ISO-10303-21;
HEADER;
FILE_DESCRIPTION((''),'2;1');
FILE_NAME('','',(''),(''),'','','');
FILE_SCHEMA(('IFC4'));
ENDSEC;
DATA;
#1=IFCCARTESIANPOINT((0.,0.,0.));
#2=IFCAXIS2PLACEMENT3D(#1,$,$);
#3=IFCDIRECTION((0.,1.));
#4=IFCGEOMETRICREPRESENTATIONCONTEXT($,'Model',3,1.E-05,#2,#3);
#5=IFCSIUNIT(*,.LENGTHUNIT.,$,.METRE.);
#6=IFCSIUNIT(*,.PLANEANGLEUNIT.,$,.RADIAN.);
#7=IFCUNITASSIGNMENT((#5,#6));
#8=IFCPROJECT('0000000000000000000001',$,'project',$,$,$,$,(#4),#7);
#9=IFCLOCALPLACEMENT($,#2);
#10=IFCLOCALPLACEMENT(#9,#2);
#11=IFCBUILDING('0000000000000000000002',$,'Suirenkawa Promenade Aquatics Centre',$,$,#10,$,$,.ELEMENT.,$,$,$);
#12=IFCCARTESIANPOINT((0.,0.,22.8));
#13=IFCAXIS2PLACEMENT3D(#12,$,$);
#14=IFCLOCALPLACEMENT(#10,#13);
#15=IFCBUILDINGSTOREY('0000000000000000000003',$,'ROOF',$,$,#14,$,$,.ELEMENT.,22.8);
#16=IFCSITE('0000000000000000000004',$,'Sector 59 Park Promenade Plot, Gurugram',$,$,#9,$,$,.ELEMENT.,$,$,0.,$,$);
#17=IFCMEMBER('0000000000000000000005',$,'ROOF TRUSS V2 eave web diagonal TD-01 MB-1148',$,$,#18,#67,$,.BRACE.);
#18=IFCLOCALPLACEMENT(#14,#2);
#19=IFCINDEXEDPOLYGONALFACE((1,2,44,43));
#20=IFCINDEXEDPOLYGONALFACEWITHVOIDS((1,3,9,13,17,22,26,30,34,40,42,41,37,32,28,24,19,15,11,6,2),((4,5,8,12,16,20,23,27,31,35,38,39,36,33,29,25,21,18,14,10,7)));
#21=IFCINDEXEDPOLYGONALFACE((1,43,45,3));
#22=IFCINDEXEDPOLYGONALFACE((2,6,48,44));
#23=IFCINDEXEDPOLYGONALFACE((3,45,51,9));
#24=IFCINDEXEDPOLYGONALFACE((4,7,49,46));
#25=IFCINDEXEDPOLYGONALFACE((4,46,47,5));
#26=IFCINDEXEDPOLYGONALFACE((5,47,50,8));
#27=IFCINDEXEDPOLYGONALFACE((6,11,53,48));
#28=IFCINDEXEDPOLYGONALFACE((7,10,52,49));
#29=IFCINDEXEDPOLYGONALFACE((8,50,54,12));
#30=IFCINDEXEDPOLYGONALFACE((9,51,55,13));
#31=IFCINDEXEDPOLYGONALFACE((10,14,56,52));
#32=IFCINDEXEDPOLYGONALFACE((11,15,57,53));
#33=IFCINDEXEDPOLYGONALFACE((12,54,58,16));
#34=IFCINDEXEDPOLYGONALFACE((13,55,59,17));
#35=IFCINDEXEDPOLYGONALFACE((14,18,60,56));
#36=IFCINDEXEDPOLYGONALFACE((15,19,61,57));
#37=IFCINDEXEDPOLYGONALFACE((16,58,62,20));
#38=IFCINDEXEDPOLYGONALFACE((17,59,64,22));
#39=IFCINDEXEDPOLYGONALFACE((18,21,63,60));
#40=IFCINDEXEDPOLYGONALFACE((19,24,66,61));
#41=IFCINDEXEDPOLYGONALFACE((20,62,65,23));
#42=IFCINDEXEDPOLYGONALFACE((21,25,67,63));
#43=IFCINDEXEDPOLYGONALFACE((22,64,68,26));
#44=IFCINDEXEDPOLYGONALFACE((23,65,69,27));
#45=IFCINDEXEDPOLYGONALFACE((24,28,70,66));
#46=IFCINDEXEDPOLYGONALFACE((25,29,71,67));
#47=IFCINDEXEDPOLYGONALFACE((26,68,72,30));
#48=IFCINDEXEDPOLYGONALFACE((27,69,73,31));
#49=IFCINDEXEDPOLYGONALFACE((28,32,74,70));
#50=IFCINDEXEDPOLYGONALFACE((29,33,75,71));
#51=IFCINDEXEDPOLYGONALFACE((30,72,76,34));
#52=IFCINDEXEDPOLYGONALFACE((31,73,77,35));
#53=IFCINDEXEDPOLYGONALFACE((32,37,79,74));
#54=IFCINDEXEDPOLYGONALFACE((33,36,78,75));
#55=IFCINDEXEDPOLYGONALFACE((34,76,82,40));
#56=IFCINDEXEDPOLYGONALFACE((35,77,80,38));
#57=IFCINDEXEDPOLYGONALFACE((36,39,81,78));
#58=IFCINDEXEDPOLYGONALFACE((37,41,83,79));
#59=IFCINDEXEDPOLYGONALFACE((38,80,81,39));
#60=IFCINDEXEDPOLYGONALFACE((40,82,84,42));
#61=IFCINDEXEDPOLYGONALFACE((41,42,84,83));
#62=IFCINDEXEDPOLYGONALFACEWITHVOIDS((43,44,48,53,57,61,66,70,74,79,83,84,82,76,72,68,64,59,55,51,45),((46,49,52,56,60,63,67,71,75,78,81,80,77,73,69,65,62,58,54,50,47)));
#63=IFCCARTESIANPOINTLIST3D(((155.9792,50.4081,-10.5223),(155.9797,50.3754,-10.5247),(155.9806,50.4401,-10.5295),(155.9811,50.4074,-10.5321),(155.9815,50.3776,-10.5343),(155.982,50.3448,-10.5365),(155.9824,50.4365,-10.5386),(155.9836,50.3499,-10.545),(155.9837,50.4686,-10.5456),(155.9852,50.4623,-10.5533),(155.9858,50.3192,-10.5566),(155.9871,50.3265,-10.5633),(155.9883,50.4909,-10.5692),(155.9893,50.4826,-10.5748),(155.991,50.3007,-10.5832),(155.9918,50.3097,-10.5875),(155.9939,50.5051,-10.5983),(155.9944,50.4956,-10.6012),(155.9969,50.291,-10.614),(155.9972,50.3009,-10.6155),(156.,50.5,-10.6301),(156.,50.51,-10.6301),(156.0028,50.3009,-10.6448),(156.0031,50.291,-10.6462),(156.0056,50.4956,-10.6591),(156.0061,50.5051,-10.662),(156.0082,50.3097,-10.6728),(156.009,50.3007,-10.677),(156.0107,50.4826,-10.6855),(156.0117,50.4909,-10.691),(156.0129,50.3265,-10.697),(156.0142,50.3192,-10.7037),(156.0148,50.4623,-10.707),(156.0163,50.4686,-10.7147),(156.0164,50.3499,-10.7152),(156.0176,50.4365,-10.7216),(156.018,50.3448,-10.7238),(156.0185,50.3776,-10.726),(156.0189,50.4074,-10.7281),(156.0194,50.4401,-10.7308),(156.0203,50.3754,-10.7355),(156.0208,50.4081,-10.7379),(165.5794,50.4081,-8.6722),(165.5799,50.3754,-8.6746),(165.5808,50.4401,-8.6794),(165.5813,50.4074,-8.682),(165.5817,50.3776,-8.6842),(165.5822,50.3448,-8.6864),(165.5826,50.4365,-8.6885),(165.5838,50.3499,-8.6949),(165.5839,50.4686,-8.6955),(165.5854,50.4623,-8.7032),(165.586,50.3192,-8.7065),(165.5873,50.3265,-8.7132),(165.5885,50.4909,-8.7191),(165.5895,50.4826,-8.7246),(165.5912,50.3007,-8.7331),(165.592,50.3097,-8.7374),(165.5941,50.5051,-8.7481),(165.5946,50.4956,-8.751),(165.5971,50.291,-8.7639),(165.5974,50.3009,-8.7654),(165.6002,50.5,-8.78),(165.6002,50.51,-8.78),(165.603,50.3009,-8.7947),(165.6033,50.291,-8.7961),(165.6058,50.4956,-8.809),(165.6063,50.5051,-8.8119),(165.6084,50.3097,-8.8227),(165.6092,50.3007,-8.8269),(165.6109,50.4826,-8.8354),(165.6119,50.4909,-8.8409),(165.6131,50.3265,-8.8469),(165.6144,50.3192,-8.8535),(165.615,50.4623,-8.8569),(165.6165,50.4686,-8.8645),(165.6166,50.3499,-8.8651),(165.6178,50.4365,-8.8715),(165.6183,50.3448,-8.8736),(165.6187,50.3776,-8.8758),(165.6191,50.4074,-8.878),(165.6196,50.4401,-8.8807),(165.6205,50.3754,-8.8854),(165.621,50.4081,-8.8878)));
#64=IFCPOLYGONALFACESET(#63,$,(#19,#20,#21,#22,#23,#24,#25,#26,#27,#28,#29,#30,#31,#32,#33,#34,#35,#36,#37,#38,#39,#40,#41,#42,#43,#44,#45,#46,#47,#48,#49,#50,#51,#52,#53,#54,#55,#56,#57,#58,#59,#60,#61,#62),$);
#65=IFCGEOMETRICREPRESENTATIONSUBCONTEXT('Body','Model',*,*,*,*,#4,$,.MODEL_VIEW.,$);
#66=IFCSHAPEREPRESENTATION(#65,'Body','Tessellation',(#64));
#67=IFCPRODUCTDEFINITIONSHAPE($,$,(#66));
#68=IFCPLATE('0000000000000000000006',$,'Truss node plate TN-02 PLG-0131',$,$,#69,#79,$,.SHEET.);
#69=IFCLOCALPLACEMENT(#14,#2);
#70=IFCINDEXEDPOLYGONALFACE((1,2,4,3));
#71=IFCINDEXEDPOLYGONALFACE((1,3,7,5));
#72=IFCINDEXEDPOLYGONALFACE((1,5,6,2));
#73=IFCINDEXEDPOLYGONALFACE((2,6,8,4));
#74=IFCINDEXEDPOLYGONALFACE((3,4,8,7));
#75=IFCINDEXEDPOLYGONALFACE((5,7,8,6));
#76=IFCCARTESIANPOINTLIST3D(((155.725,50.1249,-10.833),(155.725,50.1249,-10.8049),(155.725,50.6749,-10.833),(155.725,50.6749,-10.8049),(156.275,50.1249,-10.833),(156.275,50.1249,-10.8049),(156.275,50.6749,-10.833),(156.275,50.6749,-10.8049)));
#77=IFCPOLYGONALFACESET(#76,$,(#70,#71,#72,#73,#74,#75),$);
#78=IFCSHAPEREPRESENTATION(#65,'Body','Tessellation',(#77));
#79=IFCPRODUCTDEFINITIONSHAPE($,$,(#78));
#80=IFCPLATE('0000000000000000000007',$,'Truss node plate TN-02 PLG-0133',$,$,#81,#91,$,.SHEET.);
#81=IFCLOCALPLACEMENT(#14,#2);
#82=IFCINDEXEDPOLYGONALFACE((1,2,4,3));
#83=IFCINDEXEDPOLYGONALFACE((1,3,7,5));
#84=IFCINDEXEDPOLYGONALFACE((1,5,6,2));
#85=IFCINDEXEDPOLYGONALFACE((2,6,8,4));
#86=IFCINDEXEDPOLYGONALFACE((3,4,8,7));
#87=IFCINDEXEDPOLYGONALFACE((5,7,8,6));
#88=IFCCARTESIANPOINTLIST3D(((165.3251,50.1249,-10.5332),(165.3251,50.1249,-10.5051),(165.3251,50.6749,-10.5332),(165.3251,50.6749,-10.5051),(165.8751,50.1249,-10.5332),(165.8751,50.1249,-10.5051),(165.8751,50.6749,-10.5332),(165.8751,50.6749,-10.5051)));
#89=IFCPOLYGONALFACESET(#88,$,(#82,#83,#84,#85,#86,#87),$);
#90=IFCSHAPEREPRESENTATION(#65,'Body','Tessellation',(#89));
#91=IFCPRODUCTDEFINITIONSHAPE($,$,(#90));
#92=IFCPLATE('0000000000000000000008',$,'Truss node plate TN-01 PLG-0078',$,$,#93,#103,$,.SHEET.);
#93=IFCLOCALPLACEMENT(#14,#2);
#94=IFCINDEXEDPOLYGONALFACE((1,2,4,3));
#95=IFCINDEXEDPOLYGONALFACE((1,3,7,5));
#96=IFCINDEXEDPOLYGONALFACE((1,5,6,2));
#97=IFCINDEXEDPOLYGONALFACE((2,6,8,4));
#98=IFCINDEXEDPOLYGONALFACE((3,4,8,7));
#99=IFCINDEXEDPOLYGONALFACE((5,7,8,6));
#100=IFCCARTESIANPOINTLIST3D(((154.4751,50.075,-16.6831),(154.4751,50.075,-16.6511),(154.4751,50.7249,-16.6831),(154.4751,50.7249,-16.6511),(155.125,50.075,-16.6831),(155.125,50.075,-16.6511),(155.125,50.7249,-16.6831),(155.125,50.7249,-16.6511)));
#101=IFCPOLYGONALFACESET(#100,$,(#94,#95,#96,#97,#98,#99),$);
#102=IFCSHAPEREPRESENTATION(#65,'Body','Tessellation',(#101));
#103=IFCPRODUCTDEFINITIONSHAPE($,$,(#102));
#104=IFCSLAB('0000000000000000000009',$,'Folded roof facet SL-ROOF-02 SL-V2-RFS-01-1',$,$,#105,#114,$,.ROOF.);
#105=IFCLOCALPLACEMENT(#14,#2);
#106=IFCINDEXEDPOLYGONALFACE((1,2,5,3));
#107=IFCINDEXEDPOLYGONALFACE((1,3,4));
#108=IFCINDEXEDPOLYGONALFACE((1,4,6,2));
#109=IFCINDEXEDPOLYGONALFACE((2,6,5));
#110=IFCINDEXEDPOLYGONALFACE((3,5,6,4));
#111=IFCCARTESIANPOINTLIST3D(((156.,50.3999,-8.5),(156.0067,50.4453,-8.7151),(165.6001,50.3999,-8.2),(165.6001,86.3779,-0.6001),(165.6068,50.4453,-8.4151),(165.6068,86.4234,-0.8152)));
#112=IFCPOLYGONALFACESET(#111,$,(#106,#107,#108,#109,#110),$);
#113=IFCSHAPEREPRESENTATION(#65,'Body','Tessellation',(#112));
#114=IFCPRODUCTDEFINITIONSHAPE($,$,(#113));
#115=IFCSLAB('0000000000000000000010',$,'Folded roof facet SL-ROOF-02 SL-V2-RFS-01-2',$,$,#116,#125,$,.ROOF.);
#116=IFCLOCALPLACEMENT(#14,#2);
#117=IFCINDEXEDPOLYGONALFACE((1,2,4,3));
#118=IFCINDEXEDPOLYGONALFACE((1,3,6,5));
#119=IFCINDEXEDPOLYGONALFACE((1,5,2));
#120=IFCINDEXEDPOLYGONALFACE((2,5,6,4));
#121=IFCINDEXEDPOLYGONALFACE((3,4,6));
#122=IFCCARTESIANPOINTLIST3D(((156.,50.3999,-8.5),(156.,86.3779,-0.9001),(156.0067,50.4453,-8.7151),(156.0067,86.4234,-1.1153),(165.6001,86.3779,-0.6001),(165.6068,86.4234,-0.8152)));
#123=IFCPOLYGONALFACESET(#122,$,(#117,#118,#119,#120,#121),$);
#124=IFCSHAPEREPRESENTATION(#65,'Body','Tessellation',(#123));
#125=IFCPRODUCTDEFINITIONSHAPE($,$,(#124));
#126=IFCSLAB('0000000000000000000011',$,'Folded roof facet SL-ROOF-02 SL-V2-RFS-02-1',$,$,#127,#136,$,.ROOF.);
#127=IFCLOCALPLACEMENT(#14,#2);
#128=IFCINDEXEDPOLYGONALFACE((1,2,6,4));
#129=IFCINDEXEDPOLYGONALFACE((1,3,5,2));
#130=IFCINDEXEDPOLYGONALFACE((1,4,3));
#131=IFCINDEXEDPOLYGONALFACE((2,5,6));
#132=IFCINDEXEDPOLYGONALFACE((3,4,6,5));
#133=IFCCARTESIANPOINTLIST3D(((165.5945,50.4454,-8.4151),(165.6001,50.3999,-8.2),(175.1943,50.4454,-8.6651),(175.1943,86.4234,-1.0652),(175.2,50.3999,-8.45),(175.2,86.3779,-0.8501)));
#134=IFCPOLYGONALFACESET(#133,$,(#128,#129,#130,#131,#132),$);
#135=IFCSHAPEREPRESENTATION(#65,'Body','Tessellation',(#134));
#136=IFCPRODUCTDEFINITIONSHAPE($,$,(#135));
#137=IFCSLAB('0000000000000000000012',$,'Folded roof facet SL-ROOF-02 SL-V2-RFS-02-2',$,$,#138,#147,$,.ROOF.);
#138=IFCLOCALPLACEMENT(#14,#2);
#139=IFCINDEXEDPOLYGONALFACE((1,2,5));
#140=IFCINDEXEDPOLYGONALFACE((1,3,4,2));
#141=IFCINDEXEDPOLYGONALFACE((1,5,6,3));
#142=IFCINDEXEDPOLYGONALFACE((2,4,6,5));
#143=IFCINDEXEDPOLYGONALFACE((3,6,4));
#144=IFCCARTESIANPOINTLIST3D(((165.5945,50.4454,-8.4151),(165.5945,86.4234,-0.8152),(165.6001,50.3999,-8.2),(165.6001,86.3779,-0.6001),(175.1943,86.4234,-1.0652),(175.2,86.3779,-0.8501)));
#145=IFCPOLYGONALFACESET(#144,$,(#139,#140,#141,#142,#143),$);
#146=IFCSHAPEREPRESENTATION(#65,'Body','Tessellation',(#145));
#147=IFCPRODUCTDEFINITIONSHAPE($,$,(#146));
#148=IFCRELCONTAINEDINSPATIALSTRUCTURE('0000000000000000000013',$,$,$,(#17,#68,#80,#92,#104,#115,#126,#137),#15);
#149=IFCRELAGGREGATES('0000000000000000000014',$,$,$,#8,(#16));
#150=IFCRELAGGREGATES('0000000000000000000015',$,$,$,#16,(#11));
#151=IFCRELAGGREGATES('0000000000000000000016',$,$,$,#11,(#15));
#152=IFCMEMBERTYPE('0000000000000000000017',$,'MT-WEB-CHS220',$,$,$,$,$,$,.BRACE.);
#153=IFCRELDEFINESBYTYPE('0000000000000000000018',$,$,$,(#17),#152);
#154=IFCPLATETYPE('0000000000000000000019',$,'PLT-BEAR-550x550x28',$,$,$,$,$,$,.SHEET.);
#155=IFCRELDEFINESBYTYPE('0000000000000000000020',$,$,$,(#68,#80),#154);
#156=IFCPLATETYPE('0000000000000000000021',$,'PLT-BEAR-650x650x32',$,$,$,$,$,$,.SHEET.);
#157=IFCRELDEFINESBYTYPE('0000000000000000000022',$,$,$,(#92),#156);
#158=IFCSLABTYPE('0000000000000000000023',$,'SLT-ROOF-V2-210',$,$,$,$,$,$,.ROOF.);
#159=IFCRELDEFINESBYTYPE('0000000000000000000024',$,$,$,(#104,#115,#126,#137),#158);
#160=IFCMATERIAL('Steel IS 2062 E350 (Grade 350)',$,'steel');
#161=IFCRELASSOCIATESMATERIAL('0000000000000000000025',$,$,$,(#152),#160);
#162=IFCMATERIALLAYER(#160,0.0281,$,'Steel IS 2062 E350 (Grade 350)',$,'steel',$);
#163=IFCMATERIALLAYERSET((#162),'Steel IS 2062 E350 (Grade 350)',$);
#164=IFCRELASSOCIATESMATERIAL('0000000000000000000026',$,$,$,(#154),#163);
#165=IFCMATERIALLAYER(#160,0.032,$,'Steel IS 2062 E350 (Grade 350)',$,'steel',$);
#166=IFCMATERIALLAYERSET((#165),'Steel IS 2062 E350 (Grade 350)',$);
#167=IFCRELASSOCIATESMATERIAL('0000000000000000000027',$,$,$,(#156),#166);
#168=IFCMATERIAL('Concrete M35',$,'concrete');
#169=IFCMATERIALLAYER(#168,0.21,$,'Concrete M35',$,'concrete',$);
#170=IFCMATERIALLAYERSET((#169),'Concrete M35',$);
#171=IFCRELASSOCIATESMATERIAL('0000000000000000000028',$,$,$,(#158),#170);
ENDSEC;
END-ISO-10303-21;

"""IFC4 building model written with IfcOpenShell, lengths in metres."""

from ifc_helpers import new_model, si_unit, direction, frame, origin, origin_2d, place, context, subcontext, project, spatial, polyline, rectangle, hollow_circle, outline, extrude, material, layer, layer_set, material_profile, profile_set, type_object, element, save


model = new_model("IFC4")

# Units and contexts
model_context = context("Model", 3, precision=1e-05, world=origin(), true_north=direction((0.0, 1.0)))
body_context = subcontext(model_context, "Body", "Model", "MODEL_VIEW")
ifc_project = project(units=[si_unit("LENGTHUNIT", "METRE"), si_unit("PLANEANGLEUNIT", "RADIAN")], contexts=[model_context])

# Site, building, storey
site_placement = place(None, origin())
site = spatial("IfcSite", under=ifc_project, at=site_placement, Name="Sector 59 Park Promenade Plot, Gurugram", CompositionType="ELEMENT", RefElevation=0.0)
building_placement = place(site_placement, origin())
building = spatial("IfcBuilding", under=site, at=building_placement, Name="Suirenkawa Promenade Aquatics Centre", CompositionType="ELEMENT")
storey_placement = place(building_placement, frame((0.0, 0.0, 22.8)))
storey = spatial("IfcBuildingStorey", under=building, at=storey_placement, Name="ROOF", CompositionType="ELEMENT", Elevation=22.8)

# Shared definitions
ifc_material_1 = material(Name="Steel IS 2062 E350 (Grade 350)", Category="steel")

# Member
ifc_material_profile_1 = material_profile(ifc_material_1, hollow_circle(Radius=0.1101, WallThickness=0.01, at=origin_2d()), Name="CHS 220x10", Category="steel")
ifc_profile_set_1 = profile_set([ifc_material_profile_1], Name="Steel IS 2062 E350 (Grade 350)")
member_type_1 = type_object("IfcMemberType", Name="MT-WEB-CHS220", PredefinedType="BRACE", material=ifc_profile_set_1)
member_1_placement = place(storey_placement, frame((156.0, 50.3999, -10.6301), z_axis=(0.981932, 0.0, 0.189235), x_axis=(0.0, 1.0, 0.0)))
element("IfcMember", 1, at=member_1_placement, inside=storey, type_object=member_type_1, Name="ROOF TRUSS V2 eave web diagonal TD-01 MB-1148", PredefinedType="BRACE", context=body_context, shape_type="SweptSolid", body=[
    extrude(hollow_circle(Radius=0.1101, WallThickness=0.01, at=origin_2d()), origin(), (0.0, 0.0, 1.0), 9.7769),
])

# Plates
ifc_layer_1 = layer(ifc_material_1, 0.0281, Name="Steel IS 2062 E350 (Grade 350)", Category="steel")
ifc_layer_set_1 = layer_set([ifc_layer_1], Name="Steel IS 2062 E350 (Grade 350)")
plate_type_1 = type_object("IfcPlateType", Name="PLT-BEAR-550x550x28", PredefinedType="SHEET", material=ifc_layer_set_1)
for number, where, z_axis, x_axis, name in (
    (2, (156.0, 50.3999, -10.833), (0.0, 0.0, 1.0), (1.0, 0.0, 0.0), "Truss node plate TN-02 PLG-0131"),
    (3, (165.6001, 50.3999, -10.5332), (0.0, 0.0, 1.0), (1.0, 0.0, 0.0), "Truss node plate TN-02 PLG-0133"),
):
    element("IfcPlate", number, at=place(storey_placement, frame(where, z_axis=z_axis, x_axis=x_axis)), inside=storey, type_object=plate_type_1, Name=name, PredefinedType="SHEET", context=body_context, shape_type="SweptSolid", body=[
        extrude(rectangle(XDim=0.55, YDim=0.55, at=origin_2d()), origin(), (0.0, 0.0, 1.0), 0.0281),
    ])
ifc_layer_2 = layer(ifc_material_1, 0.032, Name="Steel IS 2062 E350 (Grade 350)", Category="steel")
ifc_layer_set_2 = layer_set([ifc_layer_2], Name="Steel IS 2062 E350 (Grade 350)")
plate_type_2 = type_object("IfcPlateType", Name="PLT-BEAR-650x650x32", PredefinedType="SHEET", material=ifc_layer_set_2)
plate_placement = place(storey_placement, frame((154.8, 50.3999, -16.6831), z_axis=(0.0, 0.0, 1.0), x_axis=(1.0, 0.0, 0.0)))
element("IfcPlate", 4, at=plate_placement, inside=storey, type_object=plate_type_2, Name="Truss node plate TN-01 PLG-0078", PredefinedType="SHEET", context=body_context, shape_type="SweptSolid", body=[
    extrude(rectangle(XDim=0.6499, YDim=0.6499, at=origin_2d()), origin(), (0.0, 0.0, 1.0), 0.032),
])

# Slabs
ifc_material_2 = material(Name="Concrete M35", Category="concrete")
ifc_layer_3 = layer(ifc_material_2, 0.21, Name="Concrete M35", Category="concrete")
ifc_layer_set_3 = layer_set([ifc_layer_3], Name="Concrete M35")
slab_type = type_object("IfcSlabType", Name="SLT-ROOF-V2-210", PredefinedType="ROOF", material=ifc_layer_set_3)
slab_1_placement = place(storey_placement, frame((156.0, 50.3999, -8.5), z_axis=(-0.030566, -0.206579, 0.977952), x_axis=(0.999512, 0.0, 0.03124)))
element("IfcSlab", 5, at=slab_1_placement, inside=storey, type_object=slab_type, Name="Folded roof facet SL-ROOF-02 SL-V2-RFS-01-1", PredefinedType="ROOF", context=body_context, shape_type="SweptSolid", body=[
    extrude(outline(polyline([(0.0, 0.0), (9.6048, 0.0), (9.8422, 36.7712), (0.0, 0.0)])), origin(), (0.0, 0.0, -1.0), 0.22),
])
slab_2_placement = place(storey_placement, frame((156.0, 50.3999, -8.5), z_axis=(-0.030566, -0.206579, 0.977952), x_axis=(0.252199, 0.945159, 0.207534)))
element("IfcSlab", 6, at=slab_2_placement, inside=storey, type_object=slab_type, Name="Folded roof facet SL-ROOF-02 SL-V2-RFS-01-2", PredefinedType="ROOF", context=body_context, shape_type="SweptSolid", body=[
    extrude(outline(polyline([(0.0, 0.0), (38.0656, 0.0), (35.5822, 9.2782), (0.0, 0.0)])), origin(), (0.0, 0.0, -1.0), 0.22),
])
slab_3_placement = place(storey_placement, frame((165.6001, 50.3999, -8.2), z_axis=(0.025472, -0.206608, 0.978092), x_axis=(0.999661, 0.0, -0.026033)))
element("IfcSlab", 7, at=slab_3_placement, inside=storey, type_object=slab_type, Name="Folded roof facet SL-ROOF-02 SL-V2-RFS-02-1", PredefinedType="ROOF", context=body_context, shape_type="SweptSolid", body=[
    extrude(outline(polyline([(0.0, 0.0), (9.6031, 0.0), (9.4053, 36.7714), (0.0, 0.0)])), origin(), (0.0, 0.0, -1.0), 0.22),
])
slab_4_placement = place(storey_placement, frame((165.6001, 50.3999, -8.2), z_axis=(0.025472, -0.206608, 0.978092), x_axis=(0.252926, 0.947908, 0.193646)))
element("IfcSlab", 8, at=slab_4_placement, inside=storey, type_object=slab_type, Name="Folded roof facet SL-ROOF-02 SL-V2-RFS-02-2", PredefinedType="ROOF", context=body_context, shape_type="SweptSolid", body=[
    extrude(outline(polyline([(0.0, 0.0), (37.9552, 0.0), (35.5755, 9.3036), (0.0, 0.0)])), origin(), (0.0, 0.0, -1.0), 0.22),
])

save(model, "model.ifc")
